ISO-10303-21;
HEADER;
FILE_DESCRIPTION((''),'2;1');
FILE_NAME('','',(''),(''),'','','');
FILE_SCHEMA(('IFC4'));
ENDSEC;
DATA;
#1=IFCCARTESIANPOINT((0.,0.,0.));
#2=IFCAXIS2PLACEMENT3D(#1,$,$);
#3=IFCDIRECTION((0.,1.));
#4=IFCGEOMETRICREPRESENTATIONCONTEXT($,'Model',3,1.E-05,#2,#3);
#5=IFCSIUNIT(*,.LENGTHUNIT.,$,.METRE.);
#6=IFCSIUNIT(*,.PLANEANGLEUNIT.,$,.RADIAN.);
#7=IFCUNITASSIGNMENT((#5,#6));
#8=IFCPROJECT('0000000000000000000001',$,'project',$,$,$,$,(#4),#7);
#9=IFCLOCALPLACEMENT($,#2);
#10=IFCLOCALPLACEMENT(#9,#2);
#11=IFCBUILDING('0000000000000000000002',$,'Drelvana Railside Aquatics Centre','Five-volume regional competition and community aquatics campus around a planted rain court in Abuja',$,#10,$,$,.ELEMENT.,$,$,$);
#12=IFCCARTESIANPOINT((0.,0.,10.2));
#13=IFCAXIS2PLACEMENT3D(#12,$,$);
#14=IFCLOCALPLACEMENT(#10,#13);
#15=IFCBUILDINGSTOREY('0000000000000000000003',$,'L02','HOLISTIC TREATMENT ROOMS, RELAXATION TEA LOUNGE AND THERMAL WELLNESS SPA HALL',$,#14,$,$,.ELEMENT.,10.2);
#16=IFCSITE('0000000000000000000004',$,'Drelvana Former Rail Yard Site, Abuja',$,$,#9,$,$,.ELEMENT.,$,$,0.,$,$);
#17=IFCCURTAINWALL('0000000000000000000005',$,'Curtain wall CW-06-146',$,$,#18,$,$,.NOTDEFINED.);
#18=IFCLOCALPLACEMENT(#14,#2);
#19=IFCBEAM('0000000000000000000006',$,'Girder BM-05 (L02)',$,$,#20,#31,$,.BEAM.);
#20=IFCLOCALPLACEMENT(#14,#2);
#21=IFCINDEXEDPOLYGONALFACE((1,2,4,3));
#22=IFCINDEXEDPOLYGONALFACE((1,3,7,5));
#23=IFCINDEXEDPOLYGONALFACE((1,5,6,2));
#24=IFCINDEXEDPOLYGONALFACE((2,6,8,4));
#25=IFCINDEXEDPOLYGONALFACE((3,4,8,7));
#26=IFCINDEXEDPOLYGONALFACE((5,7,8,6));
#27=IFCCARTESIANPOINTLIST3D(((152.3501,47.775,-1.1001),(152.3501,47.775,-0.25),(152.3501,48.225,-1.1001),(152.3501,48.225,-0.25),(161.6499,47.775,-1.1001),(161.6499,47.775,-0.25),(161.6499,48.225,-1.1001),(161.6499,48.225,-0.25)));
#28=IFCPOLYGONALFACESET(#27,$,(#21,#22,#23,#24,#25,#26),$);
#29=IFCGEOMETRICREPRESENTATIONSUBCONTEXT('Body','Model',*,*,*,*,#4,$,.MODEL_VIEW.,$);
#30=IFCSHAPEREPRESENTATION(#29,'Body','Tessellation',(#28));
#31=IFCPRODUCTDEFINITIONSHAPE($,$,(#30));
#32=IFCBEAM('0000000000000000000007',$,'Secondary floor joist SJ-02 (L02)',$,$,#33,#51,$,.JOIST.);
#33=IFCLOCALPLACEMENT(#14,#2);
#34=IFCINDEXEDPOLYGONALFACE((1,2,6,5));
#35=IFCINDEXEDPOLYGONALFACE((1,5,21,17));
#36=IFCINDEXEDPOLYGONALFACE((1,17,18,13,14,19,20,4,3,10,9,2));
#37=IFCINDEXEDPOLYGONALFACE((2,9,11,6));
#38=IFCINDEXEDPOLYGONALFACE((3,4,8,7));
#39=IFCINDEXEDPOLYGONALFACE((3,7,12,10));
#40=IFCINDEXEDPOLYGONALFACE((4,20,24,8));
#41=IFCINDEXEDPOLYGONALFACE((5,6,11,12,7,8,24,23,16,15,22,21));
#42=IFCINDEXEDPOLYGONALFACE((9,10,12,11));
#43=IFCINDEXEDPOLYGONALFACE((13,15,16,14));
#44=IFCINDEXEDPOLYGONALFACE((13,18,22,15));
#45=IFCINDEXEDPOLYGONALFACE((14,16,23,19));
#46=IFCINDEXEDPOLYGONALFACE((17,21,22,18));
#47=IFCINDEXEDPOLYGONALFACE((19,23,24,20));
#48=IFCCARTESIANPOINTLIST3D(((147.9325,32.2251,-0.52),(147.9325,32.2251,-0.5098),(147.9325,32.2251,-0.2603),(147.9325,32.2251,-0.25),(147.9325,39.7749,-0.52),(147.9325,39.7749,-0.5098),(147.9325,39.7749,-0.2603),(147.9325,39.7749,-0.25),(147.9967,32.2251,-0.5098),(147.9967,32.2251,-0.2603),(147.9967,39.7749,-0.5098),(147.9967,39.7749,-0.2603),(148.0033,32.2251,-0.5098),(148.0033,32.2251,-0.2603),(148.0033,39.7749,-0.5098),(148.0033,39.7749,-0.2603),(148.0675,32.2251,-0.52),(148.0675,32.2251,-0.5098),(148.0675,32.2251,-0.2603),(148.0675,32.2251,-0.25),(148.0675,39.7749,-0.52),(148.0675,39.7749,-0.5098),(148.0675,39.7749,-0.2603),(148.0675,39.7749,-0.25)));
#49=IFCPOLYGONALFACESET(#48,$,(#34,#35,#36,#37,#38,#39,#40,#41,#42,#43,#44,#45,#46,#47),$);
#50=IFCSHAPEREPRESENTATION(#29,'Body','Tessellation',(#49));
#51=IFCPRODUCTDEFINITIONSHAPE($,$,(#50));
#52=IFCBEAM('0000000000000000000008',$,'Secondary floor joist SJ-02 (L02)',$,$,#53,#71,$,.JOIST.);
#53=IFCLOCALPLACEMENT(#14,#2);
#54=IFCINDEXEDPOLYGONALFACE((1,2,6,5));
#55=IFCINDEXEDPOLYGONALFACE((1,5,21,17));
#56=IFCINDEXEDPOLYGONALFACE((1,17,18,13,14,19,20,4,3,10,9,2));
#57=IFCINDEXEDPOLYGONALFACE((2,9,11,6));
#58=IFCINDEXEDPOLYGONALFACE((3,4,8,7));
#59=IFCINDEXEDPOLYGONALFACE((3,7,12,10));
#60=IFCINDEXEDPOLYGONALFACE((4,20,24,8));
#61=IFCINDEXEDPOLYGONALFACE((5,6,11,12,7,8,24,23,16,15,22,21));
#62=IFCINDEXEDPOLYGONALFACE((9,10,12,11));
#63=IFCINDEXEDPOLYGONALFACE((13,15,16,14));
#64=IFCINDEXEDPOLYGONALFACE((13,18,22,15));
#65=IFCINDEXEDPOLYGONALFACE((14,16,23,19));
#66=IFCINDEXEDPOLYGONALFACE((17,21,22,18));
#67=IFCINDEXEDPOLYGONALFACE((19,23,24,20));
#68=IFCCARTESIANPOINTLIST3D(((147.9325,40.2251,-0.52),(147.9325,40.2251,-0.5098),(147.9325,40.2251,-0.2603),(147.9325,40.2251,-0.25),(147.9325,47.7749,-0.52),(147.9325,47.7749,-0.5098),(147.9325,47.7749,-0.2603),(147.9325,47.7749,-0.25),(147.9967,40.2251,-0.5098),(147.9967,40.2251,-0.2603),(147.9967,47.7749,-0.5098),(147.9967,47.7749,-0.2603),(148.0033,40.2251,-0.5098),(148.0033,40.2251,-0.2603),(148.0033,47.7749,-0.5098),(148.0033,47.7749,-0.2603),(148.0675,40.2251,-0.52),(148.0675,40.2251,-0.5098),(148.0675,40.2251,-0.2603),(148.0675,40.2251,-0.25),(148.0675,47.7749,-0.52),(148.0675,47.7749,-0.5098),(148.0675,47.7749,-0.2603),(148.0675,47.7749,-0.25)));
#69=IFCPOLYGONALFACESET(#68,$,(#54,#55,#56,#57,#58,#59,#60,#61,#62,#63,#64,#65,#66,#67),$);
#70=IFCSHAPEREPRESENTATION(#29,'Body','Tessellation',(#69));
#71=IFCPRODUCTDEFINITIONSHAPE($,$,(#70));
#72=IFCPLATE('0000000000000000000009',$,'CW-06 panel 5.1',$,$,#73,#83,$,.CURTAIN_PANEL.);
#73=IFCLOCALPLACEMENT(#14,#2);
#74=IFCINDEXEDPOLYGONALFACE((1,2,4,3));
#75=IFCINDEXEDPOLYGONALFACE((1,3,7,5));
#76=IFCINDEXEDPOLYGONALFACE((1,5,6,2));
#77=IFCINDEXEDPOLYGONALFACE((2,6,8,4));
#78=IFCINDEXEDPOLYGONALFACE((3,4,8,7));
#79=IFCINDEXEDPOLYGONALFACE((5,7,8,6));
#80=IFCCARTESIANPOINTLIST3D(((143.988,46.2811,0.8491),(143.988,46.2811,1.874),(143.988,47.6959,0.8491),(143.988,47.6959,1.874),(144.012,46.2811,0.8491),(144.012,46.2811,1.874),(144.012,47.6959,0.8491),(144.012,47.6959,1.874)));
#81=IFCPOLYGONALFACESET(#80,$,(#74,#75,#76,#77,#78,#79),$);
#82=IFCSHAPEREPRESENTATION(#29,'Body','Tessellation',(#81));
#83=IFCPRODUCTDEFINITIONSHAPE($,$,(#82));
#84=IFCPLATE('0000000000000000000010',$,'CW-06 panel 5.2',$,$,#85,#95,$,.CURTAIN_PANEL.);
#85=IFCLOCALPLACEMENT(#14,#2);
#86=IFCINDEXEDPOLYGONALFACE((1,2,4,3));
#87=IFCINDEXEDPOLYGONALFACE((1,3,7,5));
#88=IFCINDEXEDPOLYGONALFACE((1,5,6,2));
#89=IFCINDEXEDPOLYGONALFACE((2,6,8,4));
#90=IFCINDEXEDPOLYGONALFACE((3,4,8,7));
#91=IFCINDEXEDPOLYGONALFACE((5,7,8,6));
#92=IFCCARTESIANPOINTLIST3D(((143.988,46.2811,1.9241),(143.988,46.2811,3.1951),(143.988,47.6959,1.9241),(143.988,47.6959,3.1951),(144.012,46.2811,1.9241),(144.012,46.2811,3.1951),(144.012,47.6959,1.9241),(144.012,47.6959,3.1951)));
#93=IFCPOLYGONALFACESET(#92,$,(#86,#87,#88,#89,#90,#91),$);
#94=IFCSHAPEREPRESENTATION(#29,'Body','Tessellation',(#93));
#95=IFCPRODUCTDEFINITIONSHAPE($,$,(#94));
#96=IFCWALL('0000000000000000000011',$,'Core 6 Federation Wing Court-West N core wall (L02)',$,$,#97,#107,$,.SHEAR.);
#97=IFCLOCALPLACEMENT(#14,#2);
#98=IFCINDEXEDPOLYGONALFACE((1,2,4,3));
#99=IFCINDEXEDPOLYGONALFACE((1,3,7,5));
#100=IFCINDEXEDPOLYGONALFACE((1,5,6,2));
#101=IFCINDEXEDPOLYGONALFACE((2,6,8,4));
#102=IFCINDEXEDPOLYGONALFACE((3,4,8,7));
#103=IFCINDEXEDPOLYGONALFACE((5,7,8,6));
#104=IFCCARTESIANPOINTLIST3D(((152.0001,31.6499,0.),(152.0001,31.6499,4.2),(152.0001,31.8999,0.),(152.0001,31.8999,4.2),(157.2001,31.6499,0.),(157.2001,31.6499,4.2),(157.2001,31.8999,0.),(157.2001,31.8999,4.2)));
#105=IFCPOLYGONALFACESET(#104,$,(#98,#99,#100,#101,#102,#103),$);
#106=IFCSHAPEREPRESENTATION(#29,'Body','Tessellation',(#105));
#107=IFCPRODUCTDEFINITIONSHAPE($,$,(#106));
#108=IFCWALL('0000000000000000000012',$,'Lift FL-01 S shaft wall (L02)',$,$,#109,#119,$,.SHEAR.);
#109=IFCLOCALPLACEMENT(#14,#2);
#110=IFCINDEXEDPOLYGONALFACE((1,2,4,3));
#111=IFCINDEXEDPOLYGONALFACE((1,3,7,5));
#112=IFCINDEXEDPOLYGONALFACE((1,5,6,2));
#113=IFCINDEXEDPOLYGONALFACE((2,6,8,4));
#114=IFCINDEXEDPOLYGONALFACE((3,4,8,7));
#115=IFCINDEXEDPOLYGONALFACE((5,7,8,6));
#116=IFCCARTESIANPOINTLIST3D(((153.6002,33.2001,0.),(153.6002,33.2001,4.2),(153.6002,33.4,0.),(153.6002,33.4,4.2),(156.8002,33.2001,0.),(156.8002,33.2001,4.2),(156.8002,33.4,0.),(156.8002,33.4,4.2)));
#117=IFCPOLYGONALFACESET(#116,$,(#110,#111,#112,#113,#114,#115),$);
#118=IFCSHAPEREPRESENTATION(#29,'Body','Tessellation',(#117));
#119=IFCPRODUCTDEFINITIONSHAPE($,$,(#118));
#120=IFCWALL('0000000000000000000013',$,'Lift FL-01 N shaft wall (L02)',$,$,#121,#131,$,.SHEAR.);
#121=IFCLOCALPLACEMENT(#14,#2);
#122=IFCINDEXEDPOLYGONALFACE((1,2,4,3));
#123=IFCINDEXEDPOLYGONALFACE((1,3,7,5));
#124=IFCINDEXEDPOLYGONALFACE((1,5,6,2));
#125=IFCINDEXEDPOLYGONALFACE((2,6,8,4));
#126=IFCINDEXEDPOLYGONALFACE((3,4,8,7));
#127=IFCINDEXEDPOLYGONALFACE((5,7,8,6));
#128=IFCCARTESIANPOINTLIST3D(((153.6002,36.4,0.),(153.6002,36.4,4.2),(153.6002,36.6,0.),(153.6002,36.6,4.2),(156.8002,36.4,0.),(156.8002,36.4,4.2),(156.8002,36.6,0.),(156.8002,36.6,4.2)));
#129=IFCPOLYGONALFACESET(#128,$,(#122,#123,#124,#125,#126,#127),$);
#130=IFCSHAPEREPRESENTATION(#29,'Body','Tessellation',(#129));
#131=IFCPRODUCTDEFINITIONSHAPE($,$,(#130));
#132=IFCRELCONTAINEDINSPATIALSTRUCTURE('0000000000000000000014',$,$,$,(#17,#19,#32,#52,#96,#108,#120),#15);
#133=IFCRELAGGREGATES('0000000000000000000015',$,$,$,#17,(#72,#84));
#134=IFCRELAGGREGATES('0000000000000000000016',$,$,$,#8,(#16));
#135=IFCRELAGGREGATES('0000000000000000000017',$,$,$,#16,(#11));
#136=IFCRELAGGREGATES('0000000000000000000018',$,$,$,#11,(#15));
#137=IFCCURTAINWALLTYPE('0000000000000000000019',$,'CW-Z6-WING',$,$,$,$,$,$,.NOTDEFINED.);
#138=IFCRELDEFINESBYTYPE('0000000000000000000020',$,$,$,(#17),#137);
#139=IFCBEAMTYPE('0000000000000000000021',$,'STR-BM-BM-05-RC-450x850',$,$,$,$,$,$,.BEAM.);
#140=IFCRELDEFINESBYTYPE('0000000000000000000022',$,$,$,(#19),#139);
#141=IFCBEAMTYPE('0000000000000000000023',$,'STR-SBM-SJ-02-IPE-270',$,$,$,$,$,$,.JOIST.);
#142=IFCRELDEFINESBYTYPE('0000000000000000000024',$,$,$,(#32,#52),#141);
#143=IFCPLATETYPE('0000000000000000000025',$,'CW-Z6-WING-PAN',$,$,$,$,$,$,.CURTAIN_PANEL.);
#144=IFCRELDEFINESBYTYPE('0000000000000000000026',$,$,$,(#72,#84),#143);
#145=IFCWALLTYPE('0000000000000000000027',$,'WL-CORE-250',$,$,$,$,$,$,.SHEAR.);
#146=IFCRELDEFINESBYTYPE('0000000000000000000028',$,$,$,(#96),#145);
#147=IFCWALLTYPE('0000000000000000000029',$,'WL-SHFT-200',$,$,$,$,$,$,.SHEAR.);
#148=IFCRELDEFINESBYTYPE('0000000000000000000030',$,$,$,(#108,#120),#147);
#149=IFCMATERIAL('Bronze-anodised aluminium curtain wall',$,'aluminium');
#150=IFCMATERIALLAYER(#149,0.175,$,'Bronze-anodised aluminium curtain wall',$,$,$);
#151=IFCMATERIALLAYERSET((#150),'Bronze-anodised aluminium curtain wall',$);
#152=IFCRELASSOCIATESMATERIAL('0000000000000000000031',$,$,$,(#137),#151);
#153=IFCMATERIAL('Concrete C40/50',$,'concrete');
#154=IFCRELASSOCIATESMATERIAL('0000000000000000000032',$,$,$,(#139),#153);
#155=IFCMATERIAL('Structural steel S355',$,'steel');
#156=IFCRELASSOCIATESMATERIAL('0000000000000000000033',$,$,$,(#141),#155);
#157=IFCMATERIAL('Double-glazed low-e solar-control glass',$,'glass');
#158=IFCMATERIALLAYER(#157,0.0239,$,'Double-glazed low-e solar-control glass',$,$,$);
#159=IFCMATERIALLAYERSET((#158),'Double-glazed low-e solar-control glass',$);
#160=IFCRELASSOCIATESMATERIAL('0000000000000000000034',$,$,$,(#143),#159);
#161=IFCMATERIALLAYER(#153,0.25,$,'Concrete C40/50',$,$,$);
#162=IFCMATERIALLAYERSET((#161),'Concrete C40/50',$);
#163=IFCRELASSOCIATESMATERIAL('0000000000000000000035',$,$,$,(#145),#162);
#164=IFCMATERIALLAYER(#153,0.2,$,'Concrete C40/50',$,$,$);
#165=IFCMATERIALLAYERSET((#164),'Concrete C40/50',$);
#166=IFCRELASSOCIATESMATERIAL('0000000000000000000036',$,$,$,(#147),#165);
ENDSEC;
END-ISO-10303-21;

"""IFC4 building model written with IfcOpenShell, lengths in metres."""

from ifc_helpers import new_model, si_unit, direction, frame, frame_2d, origin, origin_2d, place, context, subcontext, project, spatial, rectangle, i_section, extrude, material, layer, layer_set, material_profile, profile_set, type_object, element, aggregate, save


model = new_model("IFC4")

# Units and contexts
model_context = context("Model", 3, precision=1e-05, world=origin(), true_north=direction((0.0, 1.0)))
body_context = subcontext(model_context, "Body", "Model", "MODEL_VIEW")
ifc_project = project(units=[si_unit("LENGTHUNIT", "METRE"), si_unit("PLANEANGLEUNIT", "RADIAN")], contexts=[model_context])

# Site, building, storey
site_placement = place(None, origin())
site = spatial("IfcSite", under=ifc_project, at=site_placement, Name="Drelvana Former Rail Yard Site, Abuja", CompositionType="ELEMENT", RefElevation=0.0)
building_placement = place(site_placement, origin())
building = spatial("IfcBuilding", under=site, at=building_placement, Name="Drelvana Railside Aquatics Centre", Description="Five-volume regional competition and community aquatics campus around a planted rain court in Abuja", CompositionType="ELEMENT")
storey_placement = place(building_placement, frame((0.0, 0.0, 10.2)))
storey = spatial("IfcBuildingStorey", under=building, at=storey_placement, Name="L02", Description="HOLISTIC TREATMENT ROOMS, RELAXATION TEA LOUNGE AND THERMAL WELLNESS SPA HALL", CompositionType="ELEMENT", Elevation=10.2)

# Shared definitions
ifc_material_1 = material(Name="Concrete C40/50", Category="concrete")

# Curtain wall
ifc_material_2 = material(Name="Bronze-anodised aluminium curtain wall", Category="aluminium")
ifc_layer_1 = layer(ifc_material_2, 0.175, Name="Bronze-anodised aluminium curtain wall")
ifc_layer_set_1 = layer_set([ifc_layer_1], Name="Bronze-anodised aluminium curtain wall")
curtain_wall_type = type_object("IfcCurtainWallType", Name="CW-Z6-WING", PredefinedType="NOTDEFINED", material=ifc_layer_set_1)
curtain_wall_placement = place(storey_placement, origin())
curtain_wall = element("IfcCurtainWall", 1, at=curtain_wall_placement, inside=storey, type_object=curtain_wall_type, Name="Curtain wall CW-06-146", PredefinedType="NOTDEFINED")

# Beams
ifc_material_profile_1 = material_profile(ifc_material_1, rectangle(XDim=0.45, YDim=0.8501, at=origin_2d()), Name="RC 450x850")
ifc_profile_set_1 = profile_set([ifc_material_profile_1], Name="Concrete C40/50")
beam_type_1 = type_object("IfcBeamType", Name="STR-BM-BM-05-RC-450x850", PredefinedType="BEAM", material=ifc_profile_set_1)
for number, where, z_axis, x_axis, name in (
    (2, (152.3501, 48.0, -0.675), (1.0, 0.0, 0.0), (0.0, 1.0, 0.0), "Girder BM-05 (L02)"),
):
    element("IfcBeam", number, at=place(storey_placement, frame(where, z_axis=z_axis, x_axis=x_axis)), inside=storey, type_object=beam_type_1, Name=name, PredefinedType="BEAM", context=body_context, shape_type="SweptSolid", body=[
        extrude(rectangle(XDim=0.45, YDim=0.8501, at=origin_2d()), origin(), (0.0, 0.0, 1.0), 9.2998),
    ])
ifc_material_3 = material(Name="Structural steel S355", Category="steel")
ifc_material_profile_2 = material_profile(ifc_material_3, i_section(OverallWidth=0.135, OverallDepth=0.27, WebThickness=0.0066, FlangeThickness=0.0103, at=origin_2d()), Name="IPE 270")
ifc_profile_set_2 = profile_set([ifc_material_profile_2], Name="Structural steel S355")
beam_type_2 = type_object("IfcBeamType", Name="STR-SBM-SJ-02-IPE-270", PredefinedType="JOIST", material=ifc_profile_set_2)
for number, where, z_axis, x_axis, name in (
    (3, (148.0, 32.2251, -0.385), (0.0, 1.0, 0.0), (-1.0, 0.0, 0.0), "Secondary floor joist SJ-02 (L02)"),
    (4, (148.0, 40.2251, -0.385), (0.0, 1.0, 0.0), (-1.0, 0.0, 0.0), "Secondary floor joist SJ-02 (L02)"),
):
    element("IfcBeam", number, at=place(storey_placement, frame(where, z_axis=z_axis, x_axis=x_axis)), inside=storey, type_object=beam_type_2, Name=name, PredefinedType="JOIST", context=body_context, shape_type="SweptSolid", body=[
        extrude(i_section(OverallWidth=0.135, OverallDepth=0.27, WebThickness=0.0066, FlangeThickness=0.0103, at=origin_2d()), origin(), (0.0, 0.0, 1.0), 7.5498),
    ])

# Plates
ifc_material_4 = material(Name="Double-glazed low-e solar-control glass", Category="glass")
ifc_layer_2 = layer(ifc_material_4, 0.0239, Name="Double-glazed low-e solar-control glass")
ifc_layer_set_2 = layer_set([ifc_layer_2], Name="Double-glazed low-e solar-control glass")
plate_type = type_object("IfcPlateType", Name="CW-Z6-WING-PAN", PredefinedType="CURTAIN_PANEL", material=ifc_layer_set_2)
plate_1_placement = place(storey_placement, frame((144.0, 46.9885, 0.8491), z_axis=(0.0, 0.0, 1.0), x_axis=(0.0, 1.0, 0.0)))
plate_1 = element("IfcPlate", 5, at=plate_1_placement, type_object=plate_type, Name="CW-06 panel 5.1", PredefinedType="CURTAIN_PANEL", context=body_context, shape_type="SweptSolid", body=[
    extrude(rectangle(XDim=1.4148, YDim=0.0239, at=origin_2d()), origin(), (0.0, 0.0, 1.0), 1.0249),
])
plate_2_placement = place(storey_placement, frame((144.0, 46.9885, 1.9241), z_axis=(0.0, 0.0, 1.0), x_axis=(0.0, 1.0, 0.0)))
plate_2 = element("IfcPlate", 6, at=plate_2_placement, type_object=plate_type, Name="CW-06 panel 5.2", PredefinedType="CURTAIN_PANEL", context=body_context, shape_type="SweptSolid", body=[
    extrude(rectangle(XDim=1.4148, YDim=0.0239, at=origin_2d()), origin(), (0.0, 0.0, 1.0), 1.271),
])
aggregate(curtain_wall, [plate_1, plate_2])

# Walls
ifc_layer_3 = layer(ifc_material_1, 0.25, Name="Concrete C40/50")
ifc_layer_set_3 = layer_set([ifc_layer_3], Name="Concrete C40/50")
wall_type_1 = type_object("IfcWallType", Name="WL-CORE-250", PredefinedType="SHEAR", material=ifc_layer_set_3)
wall_placement = place(storey_placement, frame((152.0, 31.7749, 0.0), z_axis=(0.0, 0.0, 1.0), x_axis=(1.0, 0.0, 0.0)))
element("IfcWall", 7, at=wall_placement, inside=storey, type_object=wall_type_1, Name="Core 6 Federation Wing Court-West N core wall (L02)", PredefinedType="SHEAR", context=body_context, shape_type="SweptSolid", body=[
    extrude(rectangle(XDim=5.2, YDim=0.25, at=frame_2d((2.6001, 0.0))), origin(), (0.0, 0.0, 1.0), 4.2),
])
ifc_layer_4 = layer(ifc_material_1, 0.2, Name="Concrete C40/50")
ifc_layer_set_4 = layer_set([ifc_layer_4], Name="Concrete C40/50")
wall_type_2 = type_object("IfcWallType", Name="WL-SHFT-200", PredefinedType="SHEAR", material=ifc_layer_set_4)
for number, where, z_axis, x_axis, name in (
    (8, (153.6001, 33.3, 0.0), (0.0, 0.0, 1.0), (1.0, 0.0, 0.0), "Lift FL-01 S shaft wall (L02)"),
    (9, (153.6001, 36.5, 0.0), (0.0, 0.0, 1.0), (1.0, 0.0, 0.0), "Lift FL-01 N shaft wall (L02)"),
):
    element("IfcWall", number, at=place(storey_placement, frame(where, z_axis=z_axis, x_axis=x_axis)), inside=storey, type_object=wall_type_2, Name=name, PredefinedType="SHEAR", context=body_context, shape_type="SweptSolid", body=[
        extrude(rectangle(XDim=3.2, YDim=0.2, at=frame_2d((1.6001, 0.0))), origin(), (0.0, 0.0, 1.0), 4.2),
    ])

save(model, "model.ifc")
